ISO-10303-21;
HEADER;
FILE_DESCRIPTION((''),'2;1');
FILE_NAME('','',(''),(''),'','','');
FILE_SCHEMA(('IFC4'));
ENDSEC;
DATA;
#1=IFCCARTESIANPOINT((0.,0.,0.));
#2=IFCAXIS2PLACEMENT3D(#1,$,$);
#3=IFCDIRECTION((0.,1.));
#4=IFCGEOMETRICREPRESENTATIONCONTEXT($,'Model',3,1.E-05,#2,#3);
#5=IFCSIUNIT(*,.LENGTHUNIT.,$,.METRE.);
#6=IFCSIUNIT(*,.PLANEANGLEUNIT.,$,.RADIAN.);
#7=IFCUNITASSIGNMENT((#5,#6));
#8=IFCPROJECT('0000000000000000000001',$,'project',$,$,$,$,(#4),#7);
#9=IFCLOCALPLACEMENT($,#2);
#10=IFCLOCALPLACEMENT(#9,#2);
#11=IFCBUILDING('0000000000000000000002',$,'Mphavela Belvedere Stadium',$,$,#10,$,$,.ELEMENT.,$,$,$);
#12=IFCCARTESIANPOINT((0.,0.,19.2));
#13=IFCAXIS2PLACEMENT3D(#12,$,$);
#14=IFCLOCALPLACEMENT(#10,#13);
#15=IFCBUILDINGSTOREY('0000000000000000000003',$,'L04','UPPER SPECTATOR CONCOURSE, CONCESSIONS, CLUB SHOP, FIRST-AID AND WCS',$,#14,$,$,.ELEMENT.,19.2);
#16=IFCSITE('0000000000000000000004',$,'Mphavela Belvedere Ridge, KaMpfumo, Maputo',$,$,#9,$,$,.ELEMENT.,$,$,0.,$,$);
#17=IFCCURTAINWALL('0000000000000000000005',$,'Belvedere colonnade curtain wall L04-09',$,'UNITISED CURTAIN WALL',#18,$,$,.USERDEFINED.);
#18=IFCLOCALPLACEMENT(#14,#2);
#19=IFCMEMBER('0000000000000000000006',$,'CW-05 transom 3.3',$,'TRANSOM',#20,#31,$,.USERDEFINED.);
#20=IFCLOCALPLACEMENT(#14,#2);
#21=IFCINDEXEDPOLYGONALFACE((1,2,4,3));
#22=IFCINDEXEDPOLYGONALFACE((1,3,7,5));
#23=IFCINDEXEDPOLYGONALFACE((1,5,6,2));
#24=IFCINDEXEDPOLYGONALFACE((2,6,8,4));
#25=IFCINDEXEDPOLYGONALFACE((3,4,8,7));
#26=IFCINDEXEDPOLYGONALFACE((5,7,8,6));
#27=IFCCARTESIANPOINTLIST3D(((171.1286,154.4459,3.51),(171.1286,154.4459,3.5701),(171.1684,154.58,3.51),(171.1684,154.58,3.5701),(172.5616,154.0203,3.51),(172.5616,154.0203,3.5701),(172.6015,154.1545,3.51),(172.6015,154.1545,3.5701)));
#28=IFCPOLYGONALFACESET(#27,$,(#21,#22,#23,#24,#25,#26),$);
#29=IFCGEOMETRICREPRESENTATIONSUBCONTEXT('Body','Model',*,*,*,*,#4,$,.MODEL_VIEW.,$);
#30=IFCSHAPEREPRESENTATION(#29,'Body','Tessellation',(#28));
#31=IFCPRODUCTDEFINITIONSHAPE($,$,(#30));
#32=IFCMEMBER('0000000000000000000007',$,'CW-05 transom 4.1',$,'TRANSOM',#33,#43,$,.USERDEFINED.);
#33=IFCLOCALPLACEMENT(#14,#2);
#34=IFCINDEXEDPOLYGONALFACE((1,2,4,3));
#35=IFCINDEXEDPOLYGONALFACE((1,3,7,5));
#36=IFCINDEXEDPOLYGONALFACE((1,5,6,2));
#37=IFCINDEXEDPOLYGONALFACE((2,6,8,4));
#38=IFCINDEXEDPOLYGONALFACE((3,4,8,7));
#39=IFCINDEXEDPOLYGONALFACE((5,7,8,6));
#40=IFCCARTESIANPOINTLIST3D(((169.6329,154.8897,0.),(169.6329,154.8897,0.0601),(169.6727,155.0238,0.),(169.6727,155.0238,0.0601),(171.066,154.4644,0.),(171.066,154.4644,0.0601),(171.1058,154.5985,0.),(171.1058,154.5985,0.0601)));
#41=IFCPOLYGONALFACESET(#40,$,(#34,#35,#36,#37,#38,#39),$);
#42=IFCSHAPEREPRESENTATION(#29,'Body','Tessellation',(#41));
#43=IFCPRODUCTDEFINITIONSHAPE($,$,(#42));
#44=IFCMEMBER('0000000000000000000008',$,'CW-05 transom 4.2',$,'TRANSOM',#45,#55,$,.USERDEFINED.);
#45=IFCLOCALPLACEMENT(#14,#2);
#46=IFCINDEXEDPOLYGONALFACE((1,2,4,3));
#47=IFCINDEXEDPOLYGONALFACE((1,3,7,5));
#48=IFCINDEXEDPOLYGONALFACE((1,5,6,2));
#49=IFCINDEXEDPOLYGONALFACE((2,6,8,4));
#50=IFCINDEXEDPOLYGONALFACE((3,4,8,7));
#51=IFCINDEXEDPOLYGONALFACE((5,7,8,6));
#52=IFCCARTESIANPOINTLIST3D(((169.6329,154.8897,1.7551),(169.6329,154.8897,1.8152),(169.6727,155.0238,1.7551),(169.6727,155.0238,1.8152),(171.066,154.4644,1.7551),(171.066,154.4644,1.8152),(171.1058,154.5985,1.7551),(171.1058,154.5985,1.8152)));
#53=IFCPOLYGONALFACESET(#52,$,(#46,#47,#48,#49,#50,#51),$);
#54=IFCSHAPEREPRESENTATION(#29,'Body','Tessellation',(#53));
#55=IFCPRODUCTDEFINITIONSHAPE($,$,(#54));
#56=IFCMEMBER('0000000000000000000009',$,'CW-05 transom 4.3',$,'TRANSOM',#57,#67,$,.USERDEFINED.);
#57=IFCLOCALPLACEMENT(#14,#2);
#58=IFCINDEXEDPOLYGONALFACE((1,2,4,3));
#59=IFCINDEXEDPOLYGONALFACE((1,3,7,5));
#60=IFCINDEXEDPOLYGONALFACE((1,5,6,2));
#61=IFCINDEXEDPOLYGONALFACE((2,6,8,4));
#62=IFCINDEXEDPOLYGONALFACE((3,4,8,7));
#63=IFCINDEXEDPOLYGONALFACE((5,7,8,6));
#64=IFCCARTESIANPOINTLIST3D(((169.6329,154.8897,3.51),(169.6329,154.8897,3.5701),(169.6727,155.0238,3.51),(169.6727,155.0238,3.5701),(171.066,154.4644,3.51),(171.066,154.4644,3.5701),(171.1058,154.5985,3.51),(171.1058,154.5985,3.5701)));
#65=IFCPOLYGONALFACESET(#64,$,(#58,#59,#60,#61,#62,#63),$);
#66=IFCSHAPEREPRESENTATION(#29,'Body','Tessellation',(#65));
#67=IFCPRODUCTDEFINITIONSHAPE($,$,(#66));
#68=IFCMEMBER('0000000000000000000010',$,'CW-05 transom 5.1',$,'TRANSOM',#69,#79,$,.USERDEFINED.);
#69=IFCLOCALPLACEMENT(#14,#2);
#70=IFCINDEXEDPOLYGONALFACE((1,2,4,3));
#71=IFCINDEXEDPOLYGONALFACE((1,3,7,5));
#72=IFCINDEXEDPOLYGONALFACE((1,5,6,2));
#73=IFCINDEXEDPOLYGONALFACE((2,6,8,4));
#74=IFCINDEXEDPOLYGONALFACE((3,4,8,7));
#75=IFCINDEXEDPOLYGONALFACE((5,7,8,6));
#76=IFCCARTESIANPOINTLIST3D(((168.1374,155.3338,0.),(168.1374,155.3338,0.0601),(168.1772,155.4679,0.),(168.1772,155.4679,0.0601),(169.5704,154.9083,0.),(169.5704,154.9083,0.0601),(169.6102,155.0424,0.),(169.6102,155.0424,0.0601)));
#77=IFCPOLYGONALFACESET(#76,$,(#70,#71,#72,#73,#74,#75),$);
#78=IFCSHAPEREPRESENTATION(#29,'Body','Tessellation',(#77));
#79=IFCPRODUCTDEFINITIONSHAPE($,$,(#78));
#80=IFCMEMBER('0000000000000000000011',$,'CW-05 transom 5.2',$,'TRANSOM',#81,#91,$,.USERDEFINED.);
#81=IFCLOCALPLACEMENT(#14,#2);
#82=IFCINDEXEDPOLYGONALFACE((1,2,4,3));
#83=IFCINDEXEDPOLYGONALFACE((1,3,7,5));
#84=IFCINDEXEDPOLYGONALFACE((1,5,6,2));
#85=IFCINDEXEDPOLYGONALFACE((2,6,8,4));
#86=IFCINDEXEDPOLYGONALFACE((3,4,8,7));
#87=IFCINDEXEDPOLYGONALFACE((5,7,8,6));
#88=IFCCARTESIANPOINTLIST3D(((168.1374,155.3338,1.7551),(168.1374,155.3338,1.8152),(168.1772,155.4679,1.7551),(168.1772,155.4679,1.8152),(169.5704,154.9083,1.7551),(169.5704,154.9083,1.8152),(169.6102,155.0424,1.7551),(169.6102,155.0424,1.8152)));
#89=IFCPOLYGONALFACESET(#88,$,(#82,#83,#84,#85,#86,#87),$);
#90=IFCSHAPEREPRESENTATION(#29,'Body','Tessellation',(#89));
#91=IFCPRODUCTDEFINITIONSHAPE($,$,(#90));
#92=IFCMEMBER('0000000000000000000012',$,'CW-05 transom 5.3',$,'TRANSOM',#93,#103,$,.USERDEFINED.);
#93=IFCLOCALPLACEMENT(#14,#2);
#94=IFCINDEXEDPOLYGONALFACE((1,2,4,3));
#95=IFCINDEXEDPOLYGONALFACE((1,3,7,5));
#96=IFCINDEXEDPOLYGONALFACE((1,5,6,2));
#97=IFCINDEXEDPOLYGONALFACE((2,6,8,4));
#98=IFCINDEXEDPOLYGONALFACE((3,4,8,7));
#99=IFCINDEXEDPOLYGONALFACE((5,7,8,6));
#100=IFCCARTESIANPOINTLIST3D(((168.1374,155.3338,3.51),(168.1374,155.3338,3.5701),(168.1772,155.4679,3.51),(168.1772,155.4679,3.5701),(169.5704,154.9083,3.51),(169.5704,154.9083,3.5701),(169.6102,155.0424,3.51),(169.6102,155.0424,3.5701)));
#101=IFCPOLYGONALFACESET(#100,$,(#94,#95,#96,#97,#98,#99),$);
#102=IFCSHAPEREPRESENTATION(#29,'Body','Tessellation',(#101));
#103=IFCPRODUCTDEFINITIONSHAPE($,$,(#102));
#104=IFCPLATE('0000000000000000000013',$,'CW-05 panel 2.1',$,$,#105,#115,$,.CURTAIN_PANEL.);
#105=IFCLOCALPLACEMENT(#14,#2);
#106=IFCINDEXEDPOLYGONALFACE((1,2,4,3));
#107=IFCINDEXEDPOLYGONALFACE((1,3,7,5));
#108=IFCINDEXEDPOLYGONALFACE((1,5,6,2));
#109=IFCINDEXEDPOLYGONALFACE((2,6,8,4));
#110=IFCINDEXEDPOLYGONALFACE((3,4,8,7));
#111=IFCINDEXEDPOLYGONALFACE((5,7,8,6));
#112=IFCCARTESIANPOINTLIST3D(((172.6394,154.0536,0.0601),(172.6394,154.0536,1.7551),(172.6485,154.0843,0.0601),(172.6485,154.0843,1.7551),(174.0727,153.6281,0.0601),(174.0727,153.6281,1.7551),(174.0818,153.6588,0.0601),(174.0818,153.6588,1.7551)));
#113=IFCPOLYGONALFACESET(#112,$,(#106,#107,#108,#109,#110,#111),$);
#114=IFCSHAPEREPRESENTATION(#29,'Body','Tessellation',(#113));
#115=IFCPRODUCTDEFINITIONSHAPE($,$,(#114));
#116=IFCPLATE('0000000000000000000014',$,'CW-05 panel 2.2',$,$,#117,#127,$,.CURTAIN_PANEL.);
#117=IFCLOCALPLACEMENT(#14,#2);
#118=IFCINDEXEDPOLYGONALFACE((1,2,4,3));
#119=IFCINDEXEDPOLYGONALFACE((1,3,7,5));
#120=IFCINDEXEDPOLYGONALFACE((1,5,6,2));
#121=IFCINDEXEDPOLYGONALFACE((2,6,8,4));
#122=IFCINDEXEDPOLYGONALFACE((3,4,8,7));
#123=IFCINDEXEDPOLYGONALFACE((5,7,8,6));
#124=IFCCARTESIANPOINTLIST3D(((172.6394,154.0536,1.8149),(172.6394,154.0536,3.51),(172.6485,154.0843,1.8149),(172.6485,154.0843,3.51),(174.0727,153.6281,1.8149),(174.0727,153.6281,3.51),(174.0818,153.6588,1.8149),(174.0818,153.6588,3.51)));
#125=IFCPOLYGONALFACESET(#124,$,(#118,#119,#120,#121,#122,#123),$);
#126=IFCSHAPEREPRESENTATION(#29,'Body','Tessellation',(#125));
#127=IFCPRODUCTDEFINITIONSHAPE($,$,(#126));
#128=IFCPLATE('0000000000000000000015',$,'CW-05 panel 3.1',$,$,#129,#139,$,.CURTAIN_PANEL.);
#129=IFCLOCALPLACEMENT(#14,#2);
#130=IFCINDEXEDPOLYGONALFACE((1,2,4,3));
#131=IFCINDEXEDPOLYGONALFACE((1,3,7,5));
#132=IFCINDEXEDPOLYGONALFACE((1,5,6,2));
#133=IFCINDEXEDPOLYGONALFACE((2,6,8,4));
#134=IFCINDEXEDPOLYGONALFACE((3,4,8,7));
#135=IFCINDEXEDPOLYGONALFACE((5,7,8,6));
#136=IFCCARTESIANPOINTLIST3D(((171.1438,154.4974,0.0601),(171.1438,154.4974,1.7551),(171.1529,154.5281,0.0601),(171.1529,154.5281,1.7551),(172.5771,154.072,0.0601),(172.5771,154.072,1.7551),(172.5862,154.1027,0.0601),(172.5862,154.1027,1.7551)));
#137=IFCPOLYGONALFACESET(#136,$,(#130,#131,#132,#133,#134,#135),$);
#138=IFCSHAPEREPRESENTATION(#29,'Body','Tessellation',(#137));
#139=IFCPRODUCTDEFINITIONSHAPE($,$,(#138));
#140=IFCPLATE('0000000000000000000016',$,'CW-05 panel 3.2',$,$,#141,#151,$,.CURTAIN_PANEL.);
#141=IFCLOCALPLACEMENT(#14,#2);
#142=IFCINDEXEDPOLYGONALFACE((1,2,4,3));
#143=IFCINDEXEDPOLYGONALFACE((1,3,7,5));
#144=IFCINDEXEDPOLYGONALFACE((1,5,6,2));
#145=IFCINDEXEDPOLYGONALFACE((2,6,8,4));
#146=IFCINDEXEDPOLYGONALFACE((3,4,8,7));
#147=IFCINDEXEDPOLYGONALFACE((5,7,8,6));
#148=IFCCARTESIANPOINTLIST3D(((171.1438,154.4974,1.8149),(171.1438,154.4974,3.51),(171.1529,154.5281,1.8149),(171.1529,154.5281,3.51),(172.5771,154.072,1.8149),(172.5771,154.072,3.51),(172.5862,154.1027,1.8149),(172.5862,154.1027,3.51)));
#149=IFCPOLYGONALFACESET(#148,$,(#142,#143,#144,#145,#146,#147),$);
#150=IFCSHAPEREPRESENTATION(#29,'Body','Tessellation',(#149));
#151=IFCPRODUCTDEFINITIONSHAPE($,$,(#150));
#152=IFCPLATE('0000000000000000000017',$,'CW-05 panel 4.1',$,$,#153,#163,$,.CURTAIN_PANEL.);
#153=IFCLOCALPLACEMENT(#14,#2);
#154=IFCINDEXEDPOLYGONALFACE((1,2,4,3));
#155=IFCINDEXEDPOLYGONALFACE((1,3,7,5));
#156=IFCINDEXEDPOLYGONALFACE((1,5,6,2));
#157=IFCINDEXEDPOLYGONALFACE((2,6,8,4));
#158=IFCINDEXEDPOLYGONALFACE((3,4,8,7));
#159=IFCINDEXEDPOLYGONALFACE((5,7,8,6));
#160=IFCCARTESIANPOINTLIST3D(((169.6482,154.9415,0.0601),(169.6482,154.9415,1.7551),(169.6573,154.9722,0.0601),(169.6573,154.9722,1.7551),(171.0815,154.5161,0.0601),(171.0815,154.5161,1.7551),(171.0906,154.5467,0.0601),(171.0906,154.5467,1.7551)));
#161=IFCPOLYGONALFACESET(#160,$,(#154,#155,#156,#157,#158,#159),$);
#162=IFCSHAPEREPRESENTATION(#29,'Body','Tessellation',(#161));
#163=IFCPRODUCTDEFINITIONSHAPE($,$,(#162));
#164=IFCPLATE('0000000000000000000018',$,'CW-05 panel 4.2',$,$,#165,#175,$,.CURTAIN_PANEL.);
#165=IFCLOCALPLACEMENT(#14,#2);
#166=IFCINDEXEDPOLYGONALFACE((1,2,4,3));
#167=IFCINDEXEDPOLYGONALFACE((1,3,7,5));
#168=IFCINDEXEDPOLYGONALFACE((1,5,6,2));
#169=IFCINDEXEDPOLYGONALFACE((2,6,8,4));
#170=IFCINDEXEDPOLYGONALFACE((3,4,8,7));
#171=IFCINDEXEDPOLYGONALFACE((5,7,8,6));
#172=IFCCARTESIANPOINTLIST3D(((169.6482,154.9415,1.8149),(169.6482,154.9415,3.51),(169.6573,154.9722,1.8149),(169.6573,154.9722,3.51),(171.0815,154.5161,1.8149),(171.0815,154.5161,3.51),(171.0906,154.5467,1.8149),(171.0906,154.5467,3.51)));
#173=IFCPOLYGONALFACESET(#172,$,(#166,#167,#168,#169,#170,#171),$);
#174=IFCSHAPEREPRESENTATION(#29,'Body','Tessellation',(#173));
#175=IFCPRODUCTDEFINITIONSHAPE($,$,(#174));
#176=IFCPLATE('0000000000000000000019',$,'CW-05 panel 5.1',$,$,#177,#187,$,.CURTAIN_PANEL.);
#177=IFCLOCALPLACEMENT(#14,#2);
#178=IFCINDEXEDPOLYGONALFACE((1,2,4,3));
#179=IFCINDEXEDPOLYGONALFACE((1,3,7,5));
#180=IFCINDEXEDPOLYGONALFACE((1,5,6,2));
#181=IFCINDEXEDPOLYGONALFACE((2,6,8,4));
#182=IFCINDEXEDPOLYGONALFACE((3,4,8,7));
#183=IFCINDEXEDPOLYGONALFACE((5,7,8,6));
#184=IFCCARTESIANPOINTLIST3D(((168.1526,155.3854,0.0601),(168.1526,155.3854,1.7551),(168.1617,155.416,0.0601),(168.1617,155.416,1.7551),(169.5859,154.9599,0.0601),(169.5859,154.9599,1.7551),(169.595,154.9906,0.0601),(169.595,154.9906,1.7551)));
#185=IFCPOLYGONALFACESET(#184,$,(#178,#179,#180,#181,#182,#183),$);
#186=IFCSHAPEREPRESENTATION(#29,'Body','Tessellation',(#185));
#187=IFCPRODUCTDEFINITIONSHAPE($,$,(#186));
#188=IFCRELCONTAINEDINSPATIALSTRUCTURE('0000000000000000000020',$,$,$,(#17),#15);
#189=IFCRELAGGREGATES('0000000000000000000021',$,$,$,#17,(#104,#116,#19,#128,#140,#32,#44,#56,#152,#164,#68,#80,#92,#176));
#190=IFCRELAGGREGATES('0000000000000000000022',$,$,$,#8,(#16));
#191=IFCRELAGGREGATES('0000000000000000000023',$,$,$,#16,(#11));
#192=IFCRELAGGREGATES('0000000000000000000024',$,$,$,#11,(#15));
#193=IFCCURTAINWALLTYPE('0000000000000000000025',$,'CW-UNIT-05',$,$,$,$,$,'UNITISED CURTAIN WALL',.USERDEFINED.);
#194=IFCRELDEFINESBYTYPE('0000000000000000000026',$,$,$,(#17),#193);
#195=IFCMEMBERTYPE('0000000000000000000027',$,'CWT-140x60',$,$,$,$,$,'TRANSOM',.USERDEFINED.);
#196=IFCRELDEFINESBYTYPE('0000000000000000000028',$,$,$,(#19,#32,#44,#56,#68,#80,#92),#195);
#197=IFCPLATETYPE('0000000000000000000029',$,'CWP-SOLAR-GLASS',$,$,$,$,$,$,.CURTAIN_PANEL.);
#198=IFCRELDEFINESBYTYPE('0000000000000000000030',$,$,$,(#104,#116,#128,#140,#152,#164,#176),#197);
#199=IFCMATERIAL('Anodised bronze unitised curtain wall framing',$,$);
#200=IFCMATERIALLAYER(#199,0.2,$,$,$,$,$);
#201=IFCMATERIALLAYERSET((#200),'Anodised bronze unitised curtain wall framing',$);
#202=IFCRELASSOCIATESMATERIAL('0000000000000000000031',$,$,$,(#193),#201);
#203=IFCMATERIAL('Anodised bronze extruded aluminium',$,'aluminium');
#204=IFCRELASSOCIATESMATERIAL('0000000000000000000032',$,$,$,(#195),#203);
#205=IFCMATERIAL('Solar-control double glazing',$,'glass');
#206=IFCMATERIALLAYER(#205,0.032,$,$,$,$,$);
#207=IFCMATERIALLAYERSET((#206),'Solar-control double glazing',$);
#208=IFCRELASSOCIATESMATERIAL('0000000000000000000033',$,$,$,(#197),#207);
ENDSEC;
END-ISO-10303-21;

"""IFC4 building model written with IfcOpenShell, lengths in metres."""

from ifc_helpers import new_model, si_unit, direction, frame, origin, origin_2d, place, context, subcontext, project, spatial, rectangle, extrude, material, layer, layer_set, material_profile, profile_set, type_object, element, aggregate, save


model = new_model("IFC4")

# Units and contexts
model_context = context("Model", 3, precision=1e-05, world=origin(), true_north=direction((0.0, 1.0)))
body_context = subcontext(model_context, "Body", "Model", "MODEL_VIEW")
ifc_project = project(units=[si_unit("LENGTHUNIT", "METRE"), si_unit("PLANEANGLEUNIT", "RADIAN")], contexts=[model_context])

# Site, building, storey
site_placement = place(None, origin())
site = spatial("IfcSite", under=ifc_project, at=site_placement, Name="Mphavela Belvedere Ridge, KaMpfumo, Maputo", CompositionType="ELEMENT", RefElevation=0.0)
building_placement = place(site_placement, origin())
building = spatial("IfcBuilding", under=site, at=building_placement, Name="Mphavela Belvedere Stadium", CompositionType="ELEMENT")
storey_placement = place(building_placement, frame((0.0, 0.0, 19.2)))
storey = spatial("IfcBuildingStorey", under=building, at=storey_placement, Name="L04", Description="UPPER SPECTATOR CONCOURSE, CONCESSIONS, CLUB SHOP, FIRST-AID AND WCS", CompositionType="ELEMENT", Elevation=19.2)

# Curtain wall, members, plates
ifc_material_1 = material(Name="Anodised bronze unitised curtain wall framing")
ifc_layer_1 = layer(ifc_material_1, 0.2)
ifc_layer_set_1 = layer_set([ifc_layer_1], Name="Anodised bronze unitised curtain wall framing")
curtain_wall_type = type_object("IfcCurtainWallType", Name="CW-UNIT-05", ElementType="UNITISED CURTAIN WALL", PredefinedType="USERDEFINED", material=ifc_layer_set_1)
curtain_wall_placement = place(storey_placement, origin())
curtain_wall = element("IfcCurtainWall", 1, at=curtain_wall_placement, inside=storey, type_object=curtain_wall_type, Name="Belvedere colonnade curtain wall L04-09", ObjectType="UNITISED CURTAIN WALL", PredefinedType="USERDEFINED")
ifc_material_2 = material(Name="Anodised bronze extruded aluminium", Category="aluminium")
ifc_material_profile_1 = material_profile(ifc_material_2, rectangle(XDim=0.1399, YDim=0.0601, at=origin_2d()), Name="CW-TRN 140x60")
ifc_profile_set_1 = profile_set([ifc_material_profile_1], Name="Anodised bronze extruded aluminium")
member_type_1 = type_object("IfcMemberType", Name="CWT-140x60", ElementType="TRANSOM", PredefinedType="USERDEFINED", material=ifc_profile_set_1)
member_1_placement = place(storey_placement, frame((172.5815, 154.0874, 3.54), z_axis=(-0.958632, 0.28465, 0.0), x_axis=(-0.28465, -0.958632, 0.0)))
member_1 = element("IfcMember", 2, at=member_1_placement, type_object=member_type_1, Name="CW-05 transom 3.3", ObjectType="TRANSOM", PredefinedType="USERDEFINED", context=body_context, shape_type="SweptSolid", body=[
    extrude(rectangle(XDim=0.1399, YDim=0.0601, at=origin_2d()), origin(), (0.0, 0.0, 1.0), 1.4949),
])
member_2_placement = place(storey_placement, frame((171.0859, 154.5315, 0.03), z_axis=(-0.958676, 0.2845, 0.0), x_axis=(-0.2845, -0.958676, 0.0)))
member_2 = element("IfcMember", 3, at=member_2_placement, type_object=member_type_1, Name="CW-05 transom 4.1", ObjectType="TRANSOM", PredefinedType="USERDEFINED", context=body_context, shape_type="SweptSolid", body=[
    extrude(rectangle(XDim=0.1399, YDim=0.0601, at=origin_2d()), origin(), (0.0, 0.0, 1.0), 1.4949),
])
member_3_placement = place(storey_placement, frame((171.0859, 154.5315, 1.7852), z_axis=(-0.958676, 0.2845, 0.0), x_axis=(-0.2845, -0.958676, 0.0)))
member_3 = element("IfcMember", 4, at=member_3_placement, type_object=member_type_1, Name="CW-05 transom 4.2", ObjectType="TRANSOM", PredefinedType="USERDEFINED", context=body_context, shape_type="SweptSolid", body=[
    extrude(rectangle(XDim=0.1399, YDim=0.0601, at=origin_2d()), origin(), (0.0, 0.0, 1.0), 1.4949),
])
member_4_placement = place(storey_placement, frame((171.0859, 154.5315, 3.54), z_axis=(-0.958676, 0.2845, 0.0), x_axis=(-0.2845, -0.958676, 0.0)))
member_4 = element("IfcMember", 5, at=member_4_placement, type_object=member_type_1, Name="CW-05 transom 4.3", ObjectType="TRANSOM", PredefinedType="USERDEFINED", context=body_context, shape_type="SweptSolid", body=[
    extrude(rectangle(XDim=0.1399, YDim=0.0601, at=origin_2d()), origin(), (0.0, 0.0, 1.0), 1.4949),
])
member_5_placement = place(storey_placement, frame((169.5903, 154.9753, 0.03), z_axis=(-0.958632, 0.28465, 0.0), x_axis=(-0.28465, -0.958632, 0.0)))
member_5 = element("IfcMember", 6, at=member_5_placement, type_object=member_type_1, Name="CW-05 transom 5.1", ObjectType="TRANSOM", PredefinedType="USERDEFINED", context=body_context, shape_type="SweptSolid", body=[
    extrude(rectangle(XDim=0.1399, YDim=0.0601, at=origin_2d()), origin(), (0.0, 0.0, 1.0), 1.4949),
])
member_6_placement = place(storey_placement, frame((169.5903, 154.9753, 1.7852), z_axis=(-0.958632, 0.28465, 0.0), x_axis=(-0.28465, -0.958632, 0.0)))
member_6 = element("IfcMember", 7, at=member_6_placement, type_object=member_type_1, Name="CW-05 transom 5.2", ObjectType="TRANSOM", PredefinedType="USERDEFINED", context=body_context, shape_type="SweptSolid", body=[
    extrude(rectangle(XDim=0.1399, YDim=0.0601, at=origin_2d()), origin(), (0.0, 0.0, 1.0), 1.4949),
])
member_7_placement = place(storey_placement, frame((169.5903, 154.9753, 3.54), z_axis=(-0.958632, 0.28465, 0.0), x_axis=(-0.28465, -0.958632, 0.0)))
member_7 = element("IfcMember", 8, at=member_7_placement, type_object=member_type_1, Name="CW-05 transom 5.3", ObjectType="TRANSOM", PredefinedType="USERDEFINED", context=body_context, shape_type="SweptSolid", body=[
    extrude(rectangle(XDim=0.1399, YDim=0.0601, at=origin_2d()), origin(), (0.0, 0.0, 1.0), 1.4949),
])
ifc_material_3 = material(Name="Solar-control double glazing", Category="glass")
ifc_layer_2 = layer(ifc_material_3, 0.032)
ifc_layer_set_2 = layer_set([ifc_layer_2], Name="Solar-control double glazing")
plate_type = type_object("IfcPlateType", Name="CWP-SOLAR-GLASS", PredefinedType="CURTAIN_PANEL", material=ifc_layer_set_2)
plate_1_placement = place(storey_placement, frame((173.3606, 153.8562, 0.0601), z_axis=(0.0, 0.0, 1.0), x_axis=(-0.958658, 0.284561, 0.0)))
plate_1 = element("IfcPlate", 9, at=plate_1_placement, type_object=plate_type, Name="CW-05 panel 2.1", PredefinedType="CURTAIN_PANEL", context=body_context, shape_type="SweptSolid", body=[
    extrude(rectangle(XDim=1.4951, YDim=0.032, at=origin_2d()), origin(), (0.0, 0.0, 1.0), 1.6951),
])
plate_2_placement = place(storey_placement, frame((173.3606, 153.8562, 1.8149), z_axis=(0.0, 0.0, 1.0), x_axis=(-0.958658, 0.284561, 0.0)))
plate_2 = element("IfcPlate", 10, at=plate_2_placement, type_object=plate_type, Name="CW-05 panel 2.2", PredefinedType="CURTAIN_PANEL", context=body_context, shape_type="SweptSolid", body=[
    extrude(rectangle(XDim=1.4951, YDim=0.032, at=origin_2d()), origin(), (0.0, 0.0, 1.0), 1.6951),
])
plate_3_placement = place(storey_placement, frame((171.865, 154.3, 0.0601), z_axis=(0.0, 0.0, 1.0), x_axis=(-0.958658, 0.284561, 0.0)))
plate_3 = element("IfcPlate", 11, at=plate_3_placement, type_object=plate_type, Name="CW-05 panel 3.1", PredefinedType="CURTAIN_PANEL", context=body_context, shape_type="SweptSolid", body=[
    extrude(rectangle(XDim=1.4951, YDim=0.032, at=origin_2d()), origin(), (0.0, 0.0, 1.0), 1.6951),
])
plate_4_placement = place(storey_placement, frame((171.865, 154.3, 1.8149), z_axis=(0.0, 0.0, 1.0), x_axis=(-0.958658, 0.284561, 0.0)))
plate_4 = element("IfcPlate", 12, at=plate_4_placement, type_object=plate_type, Name="CW-05 panel 3.2", PredefinedType="CURTAIN_PANEL", context=body_context, shape_type="SweptSolid", body=[
    extrude(rectangle(XDim=1.4951, YDim=0.032, at=origin_2d()), origin(), (0.0, 0.0, 1.0), 1.6951),
])
plate_5_placement = place(storey_placement, frame((170.3694, 154.7441, 0.0601), z_axis=(0.0, 0.0, 1.0), x_axis=(-0.958658, 0.284561, 0.0)))
plate_5 = element("IfcPlate", 13, at=plate_5_placement, type_object=plate_type, Name="CW-05 panel 4.1", PredefinedType="CURTAIN_PANEL", context=body_context, shape_type="SweptSolid", body=[
    extrude(rectangle(XDim=1.4951, YDim=0.032, at=origin_2d()), origin(), (0.0, 0.0, 1.0), 1.6951),
])
plate_6_placement = place(storey_placement, frame((170.3694, 154.7441, 1.8149), z_axis=(0.0, 0.0, 1.0), x_axis=(-0.958658, 0.284561, 0.0)))
plate_6 = element("IfcPlate", 14, at=plate_6_placement, type_object=plate_type, Name="CW-05 panel 4.2", PredefinedType="CURTAIN_PANEL", context=body_context, shape_type="SweptSolid", body=[
    extrude(rectangle(XDim=1.4951, YDim=0.032, at=origin_2d()), origin(), (0.0, 0.0, 1.0), 1.6951),
])
plate_7_placement = place(storey_placement, frame((168.8738, 155.188, 0.0601), z_axis=(0.0, 0.0, 1.0), x_axis=(-0.958658, 0.284561, 0.0)))
plate_7 = element("IfcPlate", 15, at=plate_7_placement, type_object=plate_type, Name="CW-05 panel 5.1", PredefinedType="CURTAIN_PANEL", context=body_context, shape_type="SweptSolid", body=[
    extrude(rectangle(XDim=1.4951, YDim=0.032, at=origin_2d()), origin(), (0.0, 0.0, 1.0), 1.6951),
])
aggregate(curtain_wall, [plate_1, plate_2, member_1, plate_3, plate_4, member_2, member_3, member_4, plate_5, plate_6, member_5, member_6, member_7, plate_7])

save(model, "model.ifc")
